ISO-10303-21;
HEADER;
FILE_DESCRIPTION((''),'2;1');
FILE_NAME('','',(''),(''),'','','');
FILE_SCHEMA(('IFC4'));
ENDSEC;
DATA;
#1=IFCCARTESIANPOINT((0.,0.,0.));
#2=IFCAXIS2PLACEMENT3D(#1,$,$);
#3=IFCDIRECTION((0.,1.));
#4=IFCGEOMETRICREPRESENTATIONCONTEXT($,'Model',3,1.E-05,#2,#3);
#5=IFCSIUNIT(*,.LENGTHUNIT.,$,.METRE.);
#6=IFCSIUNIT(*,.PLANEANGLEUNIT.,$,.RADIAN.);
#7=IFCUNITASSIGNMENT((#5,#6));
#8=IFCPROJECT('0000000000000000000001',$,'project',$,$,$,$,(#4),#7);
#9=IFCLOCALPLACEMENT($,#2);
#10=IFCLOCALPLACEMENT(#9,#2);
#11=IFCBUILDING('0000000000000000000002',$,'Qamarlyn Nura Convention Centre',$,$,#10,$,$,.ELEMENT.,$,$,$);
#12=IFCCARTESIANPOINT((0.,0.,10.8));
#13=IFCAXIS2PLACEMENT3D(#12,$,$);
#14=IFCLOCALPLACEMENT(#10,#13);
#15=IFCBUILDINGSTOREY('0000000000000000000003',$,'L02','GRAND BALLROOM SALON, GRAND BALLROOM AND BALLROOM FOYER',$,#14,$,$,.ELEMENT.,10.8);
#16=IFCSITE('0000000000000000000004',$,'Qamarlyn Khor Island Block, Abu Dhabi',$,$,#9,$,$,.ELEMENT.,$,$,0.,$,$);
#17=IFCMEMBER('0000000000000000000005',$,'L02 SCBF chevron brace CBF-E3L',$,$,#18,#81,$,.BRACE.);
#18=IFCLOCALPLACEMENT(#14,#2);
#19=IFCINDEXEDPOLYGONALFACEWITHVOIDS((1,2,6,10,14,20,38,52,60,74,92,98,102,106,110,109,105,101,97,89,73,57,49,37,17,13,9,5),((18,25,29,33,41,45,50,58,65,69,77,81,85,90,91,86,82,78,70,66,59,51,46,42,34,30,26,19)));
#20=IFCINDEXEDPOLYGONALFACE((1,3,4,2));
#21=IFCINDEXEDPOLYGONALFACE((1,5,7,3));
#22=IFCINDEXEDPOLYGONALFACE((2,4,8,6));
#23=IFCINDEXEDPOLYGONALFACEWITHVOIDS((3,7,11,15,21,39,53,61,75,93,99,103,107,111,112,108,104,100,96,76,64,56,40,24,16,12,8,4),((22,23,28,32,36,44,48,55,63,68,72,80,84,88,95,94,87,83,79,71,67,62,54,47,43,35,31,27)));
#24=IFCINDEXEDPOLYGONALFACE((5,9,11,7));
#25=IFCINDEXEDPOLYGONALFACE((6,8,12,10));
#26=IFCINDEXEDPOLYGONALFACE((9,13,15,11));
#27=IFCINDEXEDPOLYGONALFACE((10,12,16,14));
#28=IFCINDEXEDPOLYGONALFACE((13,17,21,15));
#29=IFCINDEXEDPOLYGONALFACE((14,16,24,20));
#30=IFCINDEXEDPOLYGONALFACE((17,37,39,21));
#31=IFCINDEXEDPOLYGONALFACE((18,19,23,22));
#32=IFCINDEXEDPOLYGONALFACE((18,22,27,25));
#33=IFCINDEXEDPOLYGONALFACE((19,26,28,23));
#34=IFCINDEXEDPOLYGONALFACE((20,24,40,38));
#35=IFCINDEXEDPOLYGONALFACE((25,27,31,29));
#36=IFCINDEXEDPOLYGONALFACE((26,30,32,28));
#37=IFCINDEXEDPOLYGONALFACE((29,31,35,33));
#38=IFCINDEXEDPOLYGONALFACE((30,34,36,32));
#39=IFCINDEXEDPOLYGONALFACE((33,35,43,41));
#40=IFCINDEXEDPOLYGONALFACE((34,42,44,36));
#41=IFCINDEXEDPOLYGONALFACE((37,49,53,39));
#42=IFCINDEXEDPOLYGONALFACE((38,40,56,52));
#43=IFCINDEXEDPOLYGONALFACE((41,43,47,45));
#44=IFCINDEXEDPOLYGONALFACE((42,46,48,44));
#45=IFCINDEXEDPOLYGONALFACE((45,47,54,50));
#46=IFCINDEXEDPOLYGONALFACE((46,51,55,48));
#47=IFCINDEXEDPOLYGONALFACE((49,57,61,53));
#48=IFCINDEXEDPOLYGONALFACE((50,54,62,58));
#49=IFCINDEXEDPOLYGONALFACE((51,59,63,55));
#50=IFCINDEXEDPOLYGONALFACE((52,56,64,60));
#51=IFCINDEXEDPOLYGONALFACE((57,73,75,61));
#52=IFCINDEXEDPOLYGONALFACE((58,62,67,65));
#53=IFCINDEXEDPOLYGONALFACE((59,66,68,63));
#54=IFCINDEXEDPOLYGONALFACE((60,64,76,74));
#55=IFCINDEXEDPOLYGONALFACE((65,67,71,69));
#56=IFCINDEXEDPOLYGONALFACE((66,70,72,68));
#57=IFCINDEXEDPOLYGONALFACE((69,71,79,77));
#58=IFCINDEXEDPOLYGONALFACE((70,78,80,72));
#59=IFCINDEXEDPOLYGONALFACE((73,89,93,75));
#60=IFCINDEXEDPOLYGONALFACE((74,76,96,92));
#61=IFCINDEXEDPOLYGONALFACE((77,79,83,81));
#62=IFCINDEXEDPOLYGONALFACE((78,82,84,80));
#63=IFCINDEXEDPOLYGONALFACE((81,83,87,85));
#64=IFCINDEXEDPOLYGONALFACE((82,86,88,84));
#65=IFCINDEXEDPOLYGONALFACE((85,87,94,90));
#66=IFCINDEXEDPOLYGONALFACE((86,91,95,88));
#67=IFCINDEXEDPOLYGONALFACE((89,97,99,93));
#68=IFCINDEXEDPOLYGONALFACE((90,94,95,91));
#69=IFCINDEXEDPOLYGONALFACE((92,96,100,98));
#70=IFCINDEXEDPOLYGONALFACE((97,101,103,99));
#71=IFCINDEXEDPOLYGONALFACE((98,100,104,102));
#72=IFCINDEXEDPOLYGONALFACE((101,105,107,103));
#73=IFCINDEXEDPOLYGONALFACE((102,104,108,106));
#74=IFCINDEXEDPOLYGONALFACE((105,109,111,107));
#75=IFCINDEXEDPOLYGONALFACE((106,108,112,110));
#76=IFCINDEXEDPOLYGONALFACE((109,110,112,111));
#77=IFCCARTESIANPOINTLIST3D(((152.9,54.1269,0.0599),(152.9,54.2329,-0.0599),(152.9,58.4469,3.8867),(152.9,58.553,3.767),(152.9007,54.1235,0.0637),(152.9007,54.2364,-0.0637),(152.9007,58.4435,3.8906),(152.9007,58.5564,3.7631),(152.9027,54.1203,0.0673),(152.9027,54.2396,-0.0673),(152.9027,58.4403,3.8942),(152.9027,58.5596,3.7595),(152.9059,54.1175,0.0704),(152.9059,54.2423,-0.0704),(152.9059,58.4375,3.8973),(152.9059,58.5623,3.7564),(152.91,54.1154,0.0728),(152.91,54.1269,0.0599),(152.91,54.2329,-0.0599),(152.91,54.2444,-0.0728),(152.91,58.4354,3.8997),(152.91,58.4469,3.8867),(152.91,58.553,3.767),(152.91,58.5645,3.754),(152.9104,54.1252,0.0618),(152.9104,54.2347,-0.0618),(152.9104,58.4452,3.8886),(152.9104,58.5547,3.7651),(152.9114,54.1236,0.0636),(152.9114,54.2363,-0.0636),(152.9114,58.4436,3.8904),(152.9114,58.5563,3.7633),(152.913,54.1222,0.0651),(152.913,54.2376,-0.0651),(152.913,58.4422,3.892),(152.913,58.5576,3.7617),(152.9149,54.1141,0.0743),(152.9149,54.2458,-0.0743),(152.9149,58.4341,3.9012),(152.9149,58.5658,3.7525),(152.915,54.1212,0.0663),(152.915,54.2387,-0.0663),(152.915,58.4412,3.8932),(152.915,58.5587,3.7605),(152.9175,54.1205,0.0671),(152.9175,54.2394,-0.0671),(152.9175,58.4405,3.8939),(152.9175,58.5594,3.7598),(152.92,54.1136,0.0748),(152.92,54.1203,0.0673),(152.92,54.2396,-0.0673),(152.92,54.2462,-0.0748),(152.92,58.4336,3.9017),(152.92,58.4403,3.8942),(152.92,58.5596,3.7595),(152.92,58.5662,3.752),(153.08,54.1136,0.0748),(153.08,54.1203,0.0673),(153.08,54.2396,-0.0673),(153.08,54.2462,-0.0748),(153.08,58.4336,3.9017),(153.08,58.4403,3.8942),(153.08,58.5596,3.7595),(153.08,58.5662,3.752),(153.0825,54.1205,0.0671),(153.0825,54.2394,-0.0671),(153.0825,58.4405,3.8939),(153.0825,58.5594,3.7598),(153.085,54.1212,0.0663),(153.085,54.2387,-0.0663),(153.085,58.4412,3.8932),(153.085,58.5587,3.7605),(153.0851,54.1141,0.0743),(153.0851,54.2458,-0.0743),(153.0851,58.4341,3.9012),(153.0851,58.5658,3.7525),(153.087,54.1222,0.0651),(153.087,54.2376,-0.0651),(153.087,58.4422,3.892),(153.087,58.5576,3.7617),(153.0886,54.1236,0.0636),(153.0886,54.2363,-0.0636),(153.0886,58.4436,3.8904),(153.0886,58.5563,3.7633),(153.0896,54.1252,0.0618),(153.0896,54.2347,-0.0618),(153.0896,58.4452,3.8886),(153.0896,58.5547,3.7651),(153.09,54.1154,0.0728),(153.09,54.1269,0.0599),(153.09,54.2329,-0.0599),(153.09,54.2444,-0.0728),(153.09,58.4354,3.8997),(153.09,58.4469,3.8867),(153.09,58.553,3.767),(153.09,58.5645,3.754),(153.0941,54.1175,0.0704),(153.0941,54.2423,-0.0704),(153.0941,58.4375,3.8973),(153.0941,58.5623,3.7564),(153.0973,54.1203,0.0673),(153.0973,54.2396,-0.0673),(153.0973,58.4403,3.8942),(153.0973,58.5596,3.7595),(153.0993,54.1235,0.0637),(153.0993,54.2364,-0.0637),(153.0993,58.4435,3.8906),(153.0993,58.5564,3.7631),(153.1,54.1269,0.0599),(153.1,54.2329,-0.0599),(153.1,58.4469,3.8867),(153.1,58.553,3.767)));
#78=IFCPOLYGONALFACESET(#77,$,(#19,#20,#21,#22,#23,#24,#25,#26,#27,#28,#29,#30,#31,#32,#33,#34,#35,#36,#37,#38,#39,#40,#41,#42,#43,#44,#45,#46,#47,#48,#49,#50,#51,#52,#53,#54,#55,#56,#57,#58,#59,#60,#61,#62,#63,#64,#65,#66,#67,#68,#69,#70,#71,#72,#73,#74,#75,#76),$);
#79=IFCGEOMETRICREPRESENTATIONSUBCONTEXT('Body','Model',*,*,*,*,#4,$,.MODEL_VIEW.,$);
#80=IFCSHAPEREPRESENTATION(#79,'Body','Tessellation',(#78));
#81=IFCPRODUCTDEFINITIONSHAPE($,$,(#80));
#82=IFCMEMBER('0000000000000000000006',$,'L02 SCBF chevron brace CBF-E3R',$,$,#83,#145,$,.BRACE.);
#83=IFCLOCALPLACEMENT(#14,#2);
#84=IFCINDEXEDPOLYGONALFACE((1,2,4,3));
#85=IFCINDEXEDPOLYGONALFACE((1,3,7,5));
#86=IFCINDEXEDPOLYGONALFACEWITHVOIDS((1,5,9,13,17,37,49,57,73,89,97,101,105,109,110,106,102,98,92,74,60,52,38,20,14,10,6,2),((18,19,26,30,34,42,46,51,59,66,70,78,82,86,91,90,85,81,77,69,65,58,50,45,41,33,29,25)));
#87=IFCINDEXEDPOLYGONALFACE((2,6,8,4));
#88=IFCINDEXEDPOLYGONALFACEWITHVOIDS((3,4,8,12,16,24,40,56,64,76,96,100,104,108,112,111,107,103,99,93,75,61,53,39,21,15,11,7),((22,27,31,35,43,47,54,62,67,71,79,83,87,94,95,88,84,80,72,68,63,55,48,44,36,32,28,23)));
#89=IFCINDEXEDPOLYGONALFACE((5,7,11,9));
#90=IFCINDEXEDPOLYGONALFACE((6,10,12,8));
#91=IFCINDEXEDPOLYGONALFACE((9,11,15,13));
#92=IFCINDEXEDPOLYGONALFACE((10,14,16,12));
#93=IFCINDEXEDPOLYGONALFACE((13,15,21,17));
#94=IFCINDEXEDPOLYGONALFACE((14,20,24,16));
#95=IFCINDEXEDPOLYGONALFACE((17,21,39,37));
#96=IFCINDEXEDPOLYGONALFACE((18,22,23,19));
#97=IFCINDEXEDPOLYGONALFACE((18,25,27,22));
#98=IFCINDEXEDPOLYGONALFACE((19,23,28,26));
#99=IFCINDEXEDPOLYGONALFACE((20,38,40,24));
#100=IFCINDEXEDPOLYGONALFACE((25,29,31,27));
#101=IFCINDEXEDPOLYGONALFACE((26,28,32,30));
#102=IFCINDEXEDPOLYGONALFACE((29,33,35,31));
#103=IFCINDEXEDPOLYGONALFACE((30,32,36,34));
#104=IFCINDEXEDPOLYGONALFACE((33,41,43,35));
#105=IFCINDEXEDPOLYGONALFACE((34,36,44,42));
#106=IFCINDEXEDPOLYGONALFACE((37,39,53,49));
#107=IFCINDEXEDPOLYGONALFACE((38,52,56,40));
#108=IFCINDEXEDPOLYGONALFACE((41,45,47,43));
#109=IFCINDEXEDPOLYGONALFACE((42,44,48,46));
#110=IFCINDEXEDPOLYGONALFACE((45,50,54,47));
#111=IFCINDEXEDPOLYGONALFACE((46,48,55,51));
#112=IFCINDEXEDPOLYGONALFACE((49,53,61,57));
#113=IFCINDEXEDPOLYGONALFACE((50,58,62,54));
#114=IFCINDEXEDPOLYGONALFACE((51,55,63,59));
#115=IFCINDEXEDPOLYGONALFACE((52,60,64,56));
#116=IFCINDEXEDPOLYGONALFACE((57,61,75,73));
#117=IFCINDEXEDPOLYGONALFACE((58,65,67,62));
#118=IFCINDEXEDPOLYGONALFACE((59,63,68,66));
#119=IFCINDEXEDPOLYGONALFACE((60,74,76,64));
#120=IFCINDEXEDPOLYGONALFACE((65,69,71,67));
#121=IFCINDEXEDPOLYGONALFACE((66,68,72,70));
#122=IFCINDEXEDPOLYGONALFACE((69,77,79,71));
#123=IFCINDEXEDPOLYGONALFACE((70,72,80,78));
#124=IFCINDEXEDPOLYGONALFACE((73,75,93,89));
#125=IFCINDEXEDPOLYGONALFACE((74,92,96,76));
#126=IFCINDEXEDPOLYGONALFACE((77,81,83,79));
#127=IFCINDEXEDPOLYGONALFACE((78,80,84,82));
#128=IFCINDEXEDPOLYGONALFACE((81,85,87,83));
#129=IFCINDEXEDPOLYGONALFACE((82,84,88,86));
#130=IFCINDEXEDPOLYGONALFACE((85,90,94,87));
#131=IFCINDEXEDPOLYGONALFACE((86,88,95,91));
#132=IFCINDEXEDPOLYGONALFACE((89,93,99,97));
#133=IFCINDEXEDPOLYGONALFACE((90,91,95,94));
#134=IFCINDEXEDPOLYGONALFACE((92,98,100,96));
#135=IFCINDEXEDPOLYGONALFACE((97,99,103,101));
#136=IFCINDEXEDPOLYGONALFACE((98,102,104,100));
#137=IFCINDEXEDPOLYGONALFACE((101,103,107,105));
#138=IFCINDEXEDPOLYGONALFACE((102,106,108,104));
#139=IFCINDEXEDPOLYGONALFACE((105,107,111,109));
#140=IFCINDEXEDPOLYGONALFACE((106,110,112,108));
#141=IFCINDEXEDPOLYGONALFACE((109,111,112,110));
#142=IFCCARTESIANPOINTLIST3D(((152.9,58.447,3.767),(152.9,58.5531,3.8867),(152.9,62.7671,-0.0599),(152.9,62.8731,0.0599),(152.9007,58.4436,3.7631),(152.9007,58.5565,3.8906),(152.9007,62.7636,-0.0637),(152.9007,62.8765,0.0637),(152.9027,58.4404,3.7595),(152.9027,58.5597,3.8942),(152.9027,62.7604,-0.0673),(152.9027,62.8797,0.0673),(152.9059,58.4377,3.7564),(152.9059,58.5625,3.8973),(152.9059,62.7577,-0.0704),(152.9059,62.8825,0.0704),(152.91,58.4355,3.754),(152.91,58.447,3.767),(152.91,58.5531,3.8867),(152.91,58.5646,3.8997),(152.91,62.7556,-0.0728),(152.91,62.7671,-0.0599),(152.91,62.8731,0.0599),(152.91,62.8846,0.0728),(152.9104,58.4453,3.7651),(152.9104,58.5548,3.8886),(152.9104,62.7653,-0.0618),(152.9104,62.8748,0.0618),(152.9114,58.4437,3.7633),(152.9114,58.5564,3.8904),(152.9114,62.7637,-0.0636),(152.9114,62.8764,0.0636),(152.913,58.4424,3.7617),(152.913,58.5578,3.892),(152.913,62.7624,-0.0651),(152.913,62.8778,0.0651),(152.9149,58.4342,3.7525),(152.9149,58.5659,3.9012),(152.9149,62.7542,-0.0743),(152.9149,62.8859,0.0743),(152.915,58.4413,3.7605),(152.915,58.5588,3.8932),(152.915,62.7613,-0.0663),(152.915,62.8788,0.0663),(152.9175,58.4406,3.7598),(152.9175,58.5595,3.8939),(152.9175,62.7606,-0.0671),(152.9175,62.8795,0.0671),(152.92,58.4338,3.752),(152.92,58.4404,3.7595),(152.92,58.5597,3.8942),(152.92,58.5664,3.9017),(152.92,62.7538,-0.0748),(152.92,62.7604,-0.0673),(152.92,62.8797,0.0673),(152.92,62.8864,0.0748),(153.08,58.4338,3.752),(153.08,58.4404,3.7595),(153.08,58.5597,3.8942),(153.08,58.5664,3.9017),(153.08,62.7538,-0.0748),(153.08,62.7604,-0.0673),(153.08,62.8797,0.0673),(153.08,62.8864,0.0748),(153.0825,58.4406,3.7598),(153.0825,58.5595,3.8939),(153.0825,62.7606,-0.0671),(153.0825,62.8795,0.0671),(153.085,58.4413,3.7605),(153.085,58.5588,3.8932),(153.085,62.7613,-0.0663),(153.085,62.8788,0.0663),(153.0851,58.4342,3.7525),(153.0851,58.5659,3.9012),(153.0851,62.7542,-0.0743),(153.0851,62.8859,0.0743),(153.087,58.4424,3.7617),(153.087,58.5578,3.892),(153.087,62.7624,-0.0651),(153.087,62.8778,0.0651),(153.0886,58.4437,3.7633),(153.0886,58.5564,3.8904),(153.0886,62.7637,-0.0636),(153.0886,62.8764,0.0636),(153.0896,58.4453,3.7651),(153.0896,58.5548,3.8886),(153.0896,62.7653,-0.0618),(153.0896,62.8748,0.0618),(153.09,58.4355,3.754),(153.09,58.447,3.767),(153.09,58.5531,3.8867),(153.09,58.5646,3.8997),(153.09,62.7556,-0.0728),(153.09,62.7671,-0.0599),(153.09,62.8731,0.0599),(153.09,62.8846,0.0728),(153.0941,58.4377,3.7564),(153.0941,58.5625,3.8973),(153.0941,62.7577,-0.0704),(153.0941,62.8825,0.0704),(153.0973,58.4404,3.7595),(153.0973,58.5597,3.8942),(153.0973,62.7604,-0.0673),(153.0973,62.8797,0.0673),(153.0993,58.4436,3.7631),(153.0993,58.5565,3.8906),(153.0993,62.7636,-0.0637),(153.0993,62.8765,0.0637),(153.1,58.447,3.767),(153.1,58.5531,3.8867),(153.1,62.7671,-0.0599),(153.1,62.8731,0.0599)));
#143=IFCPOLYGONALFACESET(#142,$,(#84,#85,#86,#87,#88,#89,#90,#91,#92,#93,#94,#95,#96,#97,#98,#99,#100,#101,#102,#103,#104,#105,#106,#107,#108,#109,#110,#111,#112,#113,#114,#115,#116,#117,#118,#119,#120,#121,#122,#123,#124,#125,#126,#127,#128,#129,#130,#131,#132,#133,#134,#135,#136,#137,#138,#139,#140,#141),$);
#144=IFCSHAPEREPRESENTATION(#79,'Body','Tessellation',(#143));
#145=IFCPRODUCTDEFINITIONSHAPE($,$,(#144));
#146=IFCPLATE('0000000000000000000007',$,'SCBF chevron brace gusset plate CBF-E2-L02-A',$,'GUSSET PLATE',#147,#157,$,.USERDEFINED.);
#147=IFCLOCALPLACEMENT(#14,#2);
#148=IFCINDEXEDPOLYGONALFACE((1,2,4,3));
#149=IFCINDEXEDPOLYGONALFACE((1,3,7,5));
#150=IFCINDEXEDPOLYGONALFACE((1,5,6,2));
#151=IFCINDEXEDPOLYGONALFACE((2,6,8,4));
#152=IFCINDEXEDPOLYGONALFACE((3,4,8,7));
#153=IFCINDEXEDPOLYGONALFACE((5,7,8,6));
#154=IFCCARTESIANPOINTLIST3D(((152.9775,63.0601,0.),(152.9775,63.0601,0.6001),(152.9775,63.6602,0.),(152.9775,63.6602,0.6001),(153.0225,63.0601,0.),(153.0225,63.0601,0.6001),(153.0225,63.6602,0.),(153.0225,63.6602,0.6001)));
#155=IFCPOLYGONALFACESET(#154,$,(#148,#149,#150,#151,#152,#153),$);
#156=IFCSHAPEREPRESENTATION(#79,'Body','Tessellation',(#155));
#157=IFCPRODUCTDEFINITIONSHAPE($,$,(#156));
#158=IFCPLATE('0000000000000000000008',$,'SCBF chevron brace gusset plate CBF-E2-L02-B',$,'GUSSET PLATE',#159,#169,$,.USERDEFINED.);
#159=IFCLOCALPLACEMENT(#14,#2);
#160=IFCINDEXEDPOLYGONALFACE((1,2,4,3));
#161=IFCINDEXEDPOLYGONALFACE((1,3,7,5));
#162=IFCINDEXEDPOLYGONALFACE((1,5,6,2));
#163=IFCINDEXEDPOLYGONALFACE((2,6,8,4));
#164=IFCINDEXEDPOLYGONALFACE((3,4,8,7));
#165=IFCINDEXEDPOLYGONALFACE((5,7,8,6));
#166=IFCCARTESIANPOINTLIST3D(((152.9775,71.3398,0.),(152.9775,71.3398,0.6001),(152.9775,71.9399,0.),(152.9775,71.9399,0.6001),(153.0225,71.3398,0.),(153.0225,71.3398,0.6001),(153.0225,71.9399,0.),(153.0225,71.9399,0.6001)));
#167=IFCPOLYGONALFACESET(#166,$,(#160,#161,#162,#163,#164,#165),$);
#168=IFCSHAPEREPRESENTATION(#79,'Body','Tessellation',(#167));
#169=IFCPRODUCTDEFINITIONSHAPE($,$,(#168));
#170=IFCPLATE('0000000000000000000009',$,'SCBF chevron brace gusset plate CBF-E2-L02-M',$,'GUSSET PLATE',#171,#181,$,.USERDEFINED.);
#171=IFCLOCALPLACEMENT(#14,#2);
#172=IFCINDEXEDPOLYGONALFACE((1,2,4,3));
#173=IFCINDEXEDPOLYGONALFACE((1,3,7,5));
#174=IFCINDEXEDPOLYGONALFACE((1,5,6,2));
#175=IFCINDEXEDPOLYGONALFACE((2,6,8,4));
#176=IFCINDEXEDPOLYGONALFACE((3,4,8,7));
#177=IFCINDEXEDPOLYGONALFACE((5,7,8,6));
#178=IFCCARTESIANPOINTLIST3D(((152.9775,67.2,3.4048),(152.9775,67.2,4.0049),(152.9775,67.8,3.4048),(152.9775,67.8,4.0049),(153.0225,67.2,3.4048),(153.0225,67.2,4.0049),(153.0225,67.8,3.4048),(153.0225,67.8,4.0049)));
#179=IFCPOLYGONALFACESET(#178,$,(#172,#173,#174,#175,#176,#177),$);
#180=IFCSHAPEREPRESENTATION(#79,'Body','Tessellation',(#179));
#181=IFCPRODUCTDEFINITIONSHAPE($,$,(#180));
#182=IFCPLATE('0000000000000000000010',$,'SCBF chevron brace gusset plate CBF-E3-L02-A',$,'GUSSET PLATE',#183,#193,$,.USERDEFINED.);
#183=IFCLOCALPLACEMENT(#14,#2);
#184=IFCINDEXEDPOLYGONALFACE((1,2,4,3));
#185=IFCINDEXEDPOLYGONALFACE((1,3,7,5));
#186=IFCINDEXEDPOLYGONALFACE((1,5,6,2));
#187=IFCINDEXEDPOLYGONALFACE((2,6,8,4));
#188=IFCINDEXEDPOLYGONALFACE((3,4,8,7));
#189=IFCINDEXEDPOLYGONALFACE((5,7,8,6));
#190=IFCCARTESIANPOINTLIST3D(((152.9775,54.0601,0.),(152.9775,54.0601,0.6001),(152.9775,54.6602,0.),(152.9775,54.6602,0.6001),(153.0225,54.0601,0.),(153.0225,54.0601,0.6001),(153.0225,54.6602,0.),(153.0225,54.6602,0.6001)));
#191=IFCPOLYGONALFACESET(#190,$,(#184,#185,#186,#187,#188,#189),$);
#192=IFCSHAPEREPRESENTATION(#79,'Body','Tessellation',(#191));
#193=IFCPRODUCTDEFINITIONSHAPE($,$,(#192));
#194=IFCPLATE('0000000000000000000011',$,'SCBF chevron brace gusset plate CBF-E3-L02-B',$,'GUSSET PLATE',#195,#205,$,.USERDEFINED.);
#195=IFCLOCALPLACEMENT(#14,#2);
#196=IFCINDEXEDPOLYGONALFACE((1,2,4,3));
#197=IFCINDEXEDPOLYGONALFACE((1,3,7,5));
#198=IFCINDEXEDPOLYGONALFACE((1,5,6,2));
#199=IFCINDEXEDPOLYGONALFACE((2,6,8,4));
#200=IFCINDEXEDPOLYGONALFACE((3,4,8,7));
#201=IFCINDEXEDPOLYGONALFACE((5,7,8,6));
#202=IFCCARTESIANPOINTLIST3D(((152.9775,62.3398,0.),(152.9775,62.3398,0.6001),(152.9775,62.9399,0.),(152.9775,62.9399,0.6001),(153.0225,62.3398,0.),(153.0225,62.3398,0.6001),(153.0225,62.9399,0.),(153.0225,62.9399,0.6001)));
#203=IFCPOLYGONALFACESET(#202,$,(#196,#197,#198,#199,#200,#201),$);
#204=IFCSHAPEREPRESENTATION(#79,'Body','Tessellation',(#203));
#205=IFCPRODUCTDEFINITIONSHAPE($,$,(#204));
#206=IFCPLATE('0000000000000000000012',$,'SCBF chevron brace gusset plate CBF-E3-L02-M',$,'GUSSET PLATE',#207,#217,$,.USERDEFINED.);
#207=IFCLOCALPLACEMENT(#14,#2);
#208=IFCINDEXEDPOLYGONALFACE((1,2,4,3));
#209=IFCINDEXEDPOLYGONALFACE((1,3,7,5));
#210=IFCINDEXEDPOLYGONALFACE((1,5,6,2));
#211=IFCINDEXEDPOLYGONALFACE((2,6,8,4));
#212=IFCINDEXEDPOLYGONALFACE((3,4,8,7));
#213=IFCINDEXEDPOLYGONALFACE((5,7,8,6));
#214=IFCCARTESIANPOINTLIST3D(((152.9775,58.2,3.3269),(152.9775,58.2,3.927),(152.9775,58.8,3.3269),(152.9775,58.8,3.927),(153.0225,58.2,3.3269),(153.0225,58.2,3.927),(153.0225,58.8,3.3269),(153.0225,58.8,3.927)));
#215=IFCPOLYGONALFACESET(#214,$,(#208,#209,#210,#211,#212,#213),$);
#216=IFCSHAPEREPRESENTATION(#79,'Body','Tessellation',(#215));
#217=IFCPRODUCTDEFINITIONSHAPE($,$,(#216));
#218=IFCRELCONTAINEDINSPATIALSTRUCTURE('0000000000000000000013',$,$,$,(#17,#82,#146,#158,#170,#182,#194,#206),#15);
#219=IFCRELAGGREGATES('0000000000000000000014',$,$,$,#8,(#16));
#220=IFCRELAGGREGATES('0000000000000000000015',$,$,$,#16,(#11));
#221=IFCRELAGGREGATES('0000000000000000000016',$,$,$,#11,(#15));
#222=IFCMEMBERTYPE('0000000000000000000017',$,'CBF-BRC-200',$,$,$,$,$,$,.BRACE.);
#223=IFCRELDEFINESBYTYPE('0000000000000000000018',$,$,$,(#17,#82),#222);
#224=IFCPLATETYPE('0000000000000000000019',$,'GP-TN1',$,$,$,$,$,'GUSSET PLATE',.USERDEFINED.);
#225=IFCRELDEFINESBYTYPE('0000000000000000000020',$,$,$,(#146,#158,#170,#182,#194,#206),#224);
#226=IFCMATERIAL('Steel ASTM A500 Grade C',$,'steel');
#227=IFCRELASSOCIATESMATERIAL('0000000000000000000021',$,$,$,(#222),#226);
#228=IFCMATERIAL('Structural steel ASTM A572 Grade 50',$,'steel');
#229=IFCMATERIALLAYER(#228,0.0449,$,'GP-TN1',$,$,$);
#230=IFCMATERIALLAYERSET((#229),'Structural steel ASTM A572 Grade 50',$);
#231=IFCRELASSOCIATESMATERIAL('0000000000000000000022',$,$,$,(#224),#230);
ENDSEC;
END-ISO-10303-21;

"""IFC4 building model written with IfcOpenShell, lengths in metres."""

from ifc_helpers import new_model, si_unit, direction, frame, origin, origin_2d, place, context, subcontext, project, spatial, rectangle, hollow_rectangle, extrude, material, layer, layer_set, material_profile, profile_set, type_object, element, save


model = new_model("IFC4")

# Units and contexts
model_context = context("Model", 3, precision=1e-05, world=origin(), true_north=direction((0.0, 1.0)))
body_context = subcontext(model_context, "Body", "Model", "MODEL_VIEW")
ifc_project = project(units=[si_unit("LENGTHUNIT", "METRE"), si_unit("PLANEANGLEUNIT", "RADIAN")], contexts=[model_context])

# Site, building, storey
site_placement = place(None, origin())
site = spatial("IfcSite", under=ifc_project, at=site_placement, Name="Qamarlyn Khor Island Block, Abu Dhabi", CompositionType="ELEMENT", RefElevation=0.0)
building_placement = place(site_placement, origin())
building = spatial("IfcBuilding", under=site, at=building_placement, Name="Qamarlyn Nura Convention Centre", CompositionType="ELEMENT")
storey_placement = place(building_placement, frame((0.0, 0.0, 10.8)))
storey = spatial("IfcBuildingStorey", under=building, at=storey_placement, Name="L02", Description="GRAND BALLROOM SALON, GRAND BALLROOM AND BALLROOM FOYER", CompositionType="ELEMENT", Elevation=10.8)

# Shared definitions
ifc_material_1 = material(Name="Steel ASTM A500 Grade C", Category="steel")

# Members
ifc_material_profile_1 = material_profile(ifc_material_1, hollow_rectangle(XDim=0.2, YDim=0.2, WallThickness=0.01, InnerFilletRadius=0.01, OuterFilletRadius=0.02, at=origin_2d()), Name="HSS200X200X10")
ifc_profile_set_1 = profile_set([ifc_material_profile_1], Name="Steel ASTM A500 Grade C")
member_type = type_object("IfcMemberType", Name="CBF-BRC-200", PredefinedType="BRACE", material=ifc_profile_set_1)
for number, where, z_axis, x_axis, name in (
    (1, (153.0, 54.1799, 0.0), (0.0, 0.74854, 0.663089), (-1.0, 0.0, 0.0), "L02 SCBF chevron brace CBF-E3L"),
    (2, (153.0, 62.8201, 0.0), (0.0, -0.74854, 0.663089), (1.0, 0.0, 0.0), "L02 SCBF chevron brace CBF-E3R"),
):
    element("IfcMember", number, at=place(storey_placement, frame(where, z_axis=z_axis, x_axis=x_axis)), inside=storey, type_object=member_type, Name=name, PredefinedType="BRACE", context=body_context, shape_type="SweptSolid", body=[
        extrude(hollow_rectangle(XDim=0.2, YDim=0.2, WallThickness=0.01, InnerFilletRadius=0.01, OuterFilletRadius=0.02, at=origin_2d()), origin(), (0.0, 0.0, 1.0), 5.7712),
    ])

# Plates
ifc_material_2 = material(Name="Structural steel ASTM A572 Grade 50", Category="steel")
ifc_layer_1 = layer(ifc_material_2, 0.0449, Name="GP-TN1")
ifc_layer_set_1 = layer_set([ifc_layer_1], Name="Structural steel ASTM A572 Grade 50")
plate_type = type_object("IfcPlateType", Name="GP-TN1", ElementType="GUSSET PLATE", PredefinedType="USERDEFINED", material=ifc_layer_set_1)
for number, where, z_axis, x_axis, name in (
    (3, (153.0, 63.3601, 0.0), (0.0, 0.0, 1.0), (0.0, 1.0, 0.0), "SCBF chevron brace gusset plate CBF-E2-L02-A"),
    (4, (153.0, 71.6399, 0.0), (0.0, 0.0, 1.0), (0.0, 1.0, 0.0), "SCBF chevron brace gusset plate CBF-E2-L02-B"),
    (5, (153.0, 67.5, 3.4048), (0.0, 0.0, 1.0), (0.0, 1.0, 0.0), "SCBF chevron brace gusset plate CBF-E2-L02-M"),
    (6, (153.0, 54.3601, 0.0), (0.0, 0.0, 1.0), (0.0, 1.0, 0.0), "SCBF chevron brace gusset plate CBF-E3-L02-A"),
    (7, (153.0, 62.6399, 0.0), (0.0, 0.0, 1.0), (0.0, 1.0, 0.0), "SCBF chevron brace gusset plate CBF-E3-L02-B"),
    (8, (153.0, 58.5, 3.3269), (0.0, 0.0, 1.0), (0.0, 1.0, 0.0), "SCBF chevron brace gusset plate CBF-E3-L02-M"),
):
    element("IfcPlate", number, at=place(storey_placement, frame(where, z_axis=z_axis, x_axis=x_axis)), inside=storey, type_object=plate_type, Name=name, ObjectType="GUSSET PLATE", PredefinedType="USERDEFINED", context=body_context, shape_type="SweptSolid", body=[
        extrude(rectangle(XDim=0.6001, YDim=0.0449, at=origin_2d()), origin(), (0.0, 0.0, 1.0), 0.6001),
    ])

save(model, "model.ifc")
